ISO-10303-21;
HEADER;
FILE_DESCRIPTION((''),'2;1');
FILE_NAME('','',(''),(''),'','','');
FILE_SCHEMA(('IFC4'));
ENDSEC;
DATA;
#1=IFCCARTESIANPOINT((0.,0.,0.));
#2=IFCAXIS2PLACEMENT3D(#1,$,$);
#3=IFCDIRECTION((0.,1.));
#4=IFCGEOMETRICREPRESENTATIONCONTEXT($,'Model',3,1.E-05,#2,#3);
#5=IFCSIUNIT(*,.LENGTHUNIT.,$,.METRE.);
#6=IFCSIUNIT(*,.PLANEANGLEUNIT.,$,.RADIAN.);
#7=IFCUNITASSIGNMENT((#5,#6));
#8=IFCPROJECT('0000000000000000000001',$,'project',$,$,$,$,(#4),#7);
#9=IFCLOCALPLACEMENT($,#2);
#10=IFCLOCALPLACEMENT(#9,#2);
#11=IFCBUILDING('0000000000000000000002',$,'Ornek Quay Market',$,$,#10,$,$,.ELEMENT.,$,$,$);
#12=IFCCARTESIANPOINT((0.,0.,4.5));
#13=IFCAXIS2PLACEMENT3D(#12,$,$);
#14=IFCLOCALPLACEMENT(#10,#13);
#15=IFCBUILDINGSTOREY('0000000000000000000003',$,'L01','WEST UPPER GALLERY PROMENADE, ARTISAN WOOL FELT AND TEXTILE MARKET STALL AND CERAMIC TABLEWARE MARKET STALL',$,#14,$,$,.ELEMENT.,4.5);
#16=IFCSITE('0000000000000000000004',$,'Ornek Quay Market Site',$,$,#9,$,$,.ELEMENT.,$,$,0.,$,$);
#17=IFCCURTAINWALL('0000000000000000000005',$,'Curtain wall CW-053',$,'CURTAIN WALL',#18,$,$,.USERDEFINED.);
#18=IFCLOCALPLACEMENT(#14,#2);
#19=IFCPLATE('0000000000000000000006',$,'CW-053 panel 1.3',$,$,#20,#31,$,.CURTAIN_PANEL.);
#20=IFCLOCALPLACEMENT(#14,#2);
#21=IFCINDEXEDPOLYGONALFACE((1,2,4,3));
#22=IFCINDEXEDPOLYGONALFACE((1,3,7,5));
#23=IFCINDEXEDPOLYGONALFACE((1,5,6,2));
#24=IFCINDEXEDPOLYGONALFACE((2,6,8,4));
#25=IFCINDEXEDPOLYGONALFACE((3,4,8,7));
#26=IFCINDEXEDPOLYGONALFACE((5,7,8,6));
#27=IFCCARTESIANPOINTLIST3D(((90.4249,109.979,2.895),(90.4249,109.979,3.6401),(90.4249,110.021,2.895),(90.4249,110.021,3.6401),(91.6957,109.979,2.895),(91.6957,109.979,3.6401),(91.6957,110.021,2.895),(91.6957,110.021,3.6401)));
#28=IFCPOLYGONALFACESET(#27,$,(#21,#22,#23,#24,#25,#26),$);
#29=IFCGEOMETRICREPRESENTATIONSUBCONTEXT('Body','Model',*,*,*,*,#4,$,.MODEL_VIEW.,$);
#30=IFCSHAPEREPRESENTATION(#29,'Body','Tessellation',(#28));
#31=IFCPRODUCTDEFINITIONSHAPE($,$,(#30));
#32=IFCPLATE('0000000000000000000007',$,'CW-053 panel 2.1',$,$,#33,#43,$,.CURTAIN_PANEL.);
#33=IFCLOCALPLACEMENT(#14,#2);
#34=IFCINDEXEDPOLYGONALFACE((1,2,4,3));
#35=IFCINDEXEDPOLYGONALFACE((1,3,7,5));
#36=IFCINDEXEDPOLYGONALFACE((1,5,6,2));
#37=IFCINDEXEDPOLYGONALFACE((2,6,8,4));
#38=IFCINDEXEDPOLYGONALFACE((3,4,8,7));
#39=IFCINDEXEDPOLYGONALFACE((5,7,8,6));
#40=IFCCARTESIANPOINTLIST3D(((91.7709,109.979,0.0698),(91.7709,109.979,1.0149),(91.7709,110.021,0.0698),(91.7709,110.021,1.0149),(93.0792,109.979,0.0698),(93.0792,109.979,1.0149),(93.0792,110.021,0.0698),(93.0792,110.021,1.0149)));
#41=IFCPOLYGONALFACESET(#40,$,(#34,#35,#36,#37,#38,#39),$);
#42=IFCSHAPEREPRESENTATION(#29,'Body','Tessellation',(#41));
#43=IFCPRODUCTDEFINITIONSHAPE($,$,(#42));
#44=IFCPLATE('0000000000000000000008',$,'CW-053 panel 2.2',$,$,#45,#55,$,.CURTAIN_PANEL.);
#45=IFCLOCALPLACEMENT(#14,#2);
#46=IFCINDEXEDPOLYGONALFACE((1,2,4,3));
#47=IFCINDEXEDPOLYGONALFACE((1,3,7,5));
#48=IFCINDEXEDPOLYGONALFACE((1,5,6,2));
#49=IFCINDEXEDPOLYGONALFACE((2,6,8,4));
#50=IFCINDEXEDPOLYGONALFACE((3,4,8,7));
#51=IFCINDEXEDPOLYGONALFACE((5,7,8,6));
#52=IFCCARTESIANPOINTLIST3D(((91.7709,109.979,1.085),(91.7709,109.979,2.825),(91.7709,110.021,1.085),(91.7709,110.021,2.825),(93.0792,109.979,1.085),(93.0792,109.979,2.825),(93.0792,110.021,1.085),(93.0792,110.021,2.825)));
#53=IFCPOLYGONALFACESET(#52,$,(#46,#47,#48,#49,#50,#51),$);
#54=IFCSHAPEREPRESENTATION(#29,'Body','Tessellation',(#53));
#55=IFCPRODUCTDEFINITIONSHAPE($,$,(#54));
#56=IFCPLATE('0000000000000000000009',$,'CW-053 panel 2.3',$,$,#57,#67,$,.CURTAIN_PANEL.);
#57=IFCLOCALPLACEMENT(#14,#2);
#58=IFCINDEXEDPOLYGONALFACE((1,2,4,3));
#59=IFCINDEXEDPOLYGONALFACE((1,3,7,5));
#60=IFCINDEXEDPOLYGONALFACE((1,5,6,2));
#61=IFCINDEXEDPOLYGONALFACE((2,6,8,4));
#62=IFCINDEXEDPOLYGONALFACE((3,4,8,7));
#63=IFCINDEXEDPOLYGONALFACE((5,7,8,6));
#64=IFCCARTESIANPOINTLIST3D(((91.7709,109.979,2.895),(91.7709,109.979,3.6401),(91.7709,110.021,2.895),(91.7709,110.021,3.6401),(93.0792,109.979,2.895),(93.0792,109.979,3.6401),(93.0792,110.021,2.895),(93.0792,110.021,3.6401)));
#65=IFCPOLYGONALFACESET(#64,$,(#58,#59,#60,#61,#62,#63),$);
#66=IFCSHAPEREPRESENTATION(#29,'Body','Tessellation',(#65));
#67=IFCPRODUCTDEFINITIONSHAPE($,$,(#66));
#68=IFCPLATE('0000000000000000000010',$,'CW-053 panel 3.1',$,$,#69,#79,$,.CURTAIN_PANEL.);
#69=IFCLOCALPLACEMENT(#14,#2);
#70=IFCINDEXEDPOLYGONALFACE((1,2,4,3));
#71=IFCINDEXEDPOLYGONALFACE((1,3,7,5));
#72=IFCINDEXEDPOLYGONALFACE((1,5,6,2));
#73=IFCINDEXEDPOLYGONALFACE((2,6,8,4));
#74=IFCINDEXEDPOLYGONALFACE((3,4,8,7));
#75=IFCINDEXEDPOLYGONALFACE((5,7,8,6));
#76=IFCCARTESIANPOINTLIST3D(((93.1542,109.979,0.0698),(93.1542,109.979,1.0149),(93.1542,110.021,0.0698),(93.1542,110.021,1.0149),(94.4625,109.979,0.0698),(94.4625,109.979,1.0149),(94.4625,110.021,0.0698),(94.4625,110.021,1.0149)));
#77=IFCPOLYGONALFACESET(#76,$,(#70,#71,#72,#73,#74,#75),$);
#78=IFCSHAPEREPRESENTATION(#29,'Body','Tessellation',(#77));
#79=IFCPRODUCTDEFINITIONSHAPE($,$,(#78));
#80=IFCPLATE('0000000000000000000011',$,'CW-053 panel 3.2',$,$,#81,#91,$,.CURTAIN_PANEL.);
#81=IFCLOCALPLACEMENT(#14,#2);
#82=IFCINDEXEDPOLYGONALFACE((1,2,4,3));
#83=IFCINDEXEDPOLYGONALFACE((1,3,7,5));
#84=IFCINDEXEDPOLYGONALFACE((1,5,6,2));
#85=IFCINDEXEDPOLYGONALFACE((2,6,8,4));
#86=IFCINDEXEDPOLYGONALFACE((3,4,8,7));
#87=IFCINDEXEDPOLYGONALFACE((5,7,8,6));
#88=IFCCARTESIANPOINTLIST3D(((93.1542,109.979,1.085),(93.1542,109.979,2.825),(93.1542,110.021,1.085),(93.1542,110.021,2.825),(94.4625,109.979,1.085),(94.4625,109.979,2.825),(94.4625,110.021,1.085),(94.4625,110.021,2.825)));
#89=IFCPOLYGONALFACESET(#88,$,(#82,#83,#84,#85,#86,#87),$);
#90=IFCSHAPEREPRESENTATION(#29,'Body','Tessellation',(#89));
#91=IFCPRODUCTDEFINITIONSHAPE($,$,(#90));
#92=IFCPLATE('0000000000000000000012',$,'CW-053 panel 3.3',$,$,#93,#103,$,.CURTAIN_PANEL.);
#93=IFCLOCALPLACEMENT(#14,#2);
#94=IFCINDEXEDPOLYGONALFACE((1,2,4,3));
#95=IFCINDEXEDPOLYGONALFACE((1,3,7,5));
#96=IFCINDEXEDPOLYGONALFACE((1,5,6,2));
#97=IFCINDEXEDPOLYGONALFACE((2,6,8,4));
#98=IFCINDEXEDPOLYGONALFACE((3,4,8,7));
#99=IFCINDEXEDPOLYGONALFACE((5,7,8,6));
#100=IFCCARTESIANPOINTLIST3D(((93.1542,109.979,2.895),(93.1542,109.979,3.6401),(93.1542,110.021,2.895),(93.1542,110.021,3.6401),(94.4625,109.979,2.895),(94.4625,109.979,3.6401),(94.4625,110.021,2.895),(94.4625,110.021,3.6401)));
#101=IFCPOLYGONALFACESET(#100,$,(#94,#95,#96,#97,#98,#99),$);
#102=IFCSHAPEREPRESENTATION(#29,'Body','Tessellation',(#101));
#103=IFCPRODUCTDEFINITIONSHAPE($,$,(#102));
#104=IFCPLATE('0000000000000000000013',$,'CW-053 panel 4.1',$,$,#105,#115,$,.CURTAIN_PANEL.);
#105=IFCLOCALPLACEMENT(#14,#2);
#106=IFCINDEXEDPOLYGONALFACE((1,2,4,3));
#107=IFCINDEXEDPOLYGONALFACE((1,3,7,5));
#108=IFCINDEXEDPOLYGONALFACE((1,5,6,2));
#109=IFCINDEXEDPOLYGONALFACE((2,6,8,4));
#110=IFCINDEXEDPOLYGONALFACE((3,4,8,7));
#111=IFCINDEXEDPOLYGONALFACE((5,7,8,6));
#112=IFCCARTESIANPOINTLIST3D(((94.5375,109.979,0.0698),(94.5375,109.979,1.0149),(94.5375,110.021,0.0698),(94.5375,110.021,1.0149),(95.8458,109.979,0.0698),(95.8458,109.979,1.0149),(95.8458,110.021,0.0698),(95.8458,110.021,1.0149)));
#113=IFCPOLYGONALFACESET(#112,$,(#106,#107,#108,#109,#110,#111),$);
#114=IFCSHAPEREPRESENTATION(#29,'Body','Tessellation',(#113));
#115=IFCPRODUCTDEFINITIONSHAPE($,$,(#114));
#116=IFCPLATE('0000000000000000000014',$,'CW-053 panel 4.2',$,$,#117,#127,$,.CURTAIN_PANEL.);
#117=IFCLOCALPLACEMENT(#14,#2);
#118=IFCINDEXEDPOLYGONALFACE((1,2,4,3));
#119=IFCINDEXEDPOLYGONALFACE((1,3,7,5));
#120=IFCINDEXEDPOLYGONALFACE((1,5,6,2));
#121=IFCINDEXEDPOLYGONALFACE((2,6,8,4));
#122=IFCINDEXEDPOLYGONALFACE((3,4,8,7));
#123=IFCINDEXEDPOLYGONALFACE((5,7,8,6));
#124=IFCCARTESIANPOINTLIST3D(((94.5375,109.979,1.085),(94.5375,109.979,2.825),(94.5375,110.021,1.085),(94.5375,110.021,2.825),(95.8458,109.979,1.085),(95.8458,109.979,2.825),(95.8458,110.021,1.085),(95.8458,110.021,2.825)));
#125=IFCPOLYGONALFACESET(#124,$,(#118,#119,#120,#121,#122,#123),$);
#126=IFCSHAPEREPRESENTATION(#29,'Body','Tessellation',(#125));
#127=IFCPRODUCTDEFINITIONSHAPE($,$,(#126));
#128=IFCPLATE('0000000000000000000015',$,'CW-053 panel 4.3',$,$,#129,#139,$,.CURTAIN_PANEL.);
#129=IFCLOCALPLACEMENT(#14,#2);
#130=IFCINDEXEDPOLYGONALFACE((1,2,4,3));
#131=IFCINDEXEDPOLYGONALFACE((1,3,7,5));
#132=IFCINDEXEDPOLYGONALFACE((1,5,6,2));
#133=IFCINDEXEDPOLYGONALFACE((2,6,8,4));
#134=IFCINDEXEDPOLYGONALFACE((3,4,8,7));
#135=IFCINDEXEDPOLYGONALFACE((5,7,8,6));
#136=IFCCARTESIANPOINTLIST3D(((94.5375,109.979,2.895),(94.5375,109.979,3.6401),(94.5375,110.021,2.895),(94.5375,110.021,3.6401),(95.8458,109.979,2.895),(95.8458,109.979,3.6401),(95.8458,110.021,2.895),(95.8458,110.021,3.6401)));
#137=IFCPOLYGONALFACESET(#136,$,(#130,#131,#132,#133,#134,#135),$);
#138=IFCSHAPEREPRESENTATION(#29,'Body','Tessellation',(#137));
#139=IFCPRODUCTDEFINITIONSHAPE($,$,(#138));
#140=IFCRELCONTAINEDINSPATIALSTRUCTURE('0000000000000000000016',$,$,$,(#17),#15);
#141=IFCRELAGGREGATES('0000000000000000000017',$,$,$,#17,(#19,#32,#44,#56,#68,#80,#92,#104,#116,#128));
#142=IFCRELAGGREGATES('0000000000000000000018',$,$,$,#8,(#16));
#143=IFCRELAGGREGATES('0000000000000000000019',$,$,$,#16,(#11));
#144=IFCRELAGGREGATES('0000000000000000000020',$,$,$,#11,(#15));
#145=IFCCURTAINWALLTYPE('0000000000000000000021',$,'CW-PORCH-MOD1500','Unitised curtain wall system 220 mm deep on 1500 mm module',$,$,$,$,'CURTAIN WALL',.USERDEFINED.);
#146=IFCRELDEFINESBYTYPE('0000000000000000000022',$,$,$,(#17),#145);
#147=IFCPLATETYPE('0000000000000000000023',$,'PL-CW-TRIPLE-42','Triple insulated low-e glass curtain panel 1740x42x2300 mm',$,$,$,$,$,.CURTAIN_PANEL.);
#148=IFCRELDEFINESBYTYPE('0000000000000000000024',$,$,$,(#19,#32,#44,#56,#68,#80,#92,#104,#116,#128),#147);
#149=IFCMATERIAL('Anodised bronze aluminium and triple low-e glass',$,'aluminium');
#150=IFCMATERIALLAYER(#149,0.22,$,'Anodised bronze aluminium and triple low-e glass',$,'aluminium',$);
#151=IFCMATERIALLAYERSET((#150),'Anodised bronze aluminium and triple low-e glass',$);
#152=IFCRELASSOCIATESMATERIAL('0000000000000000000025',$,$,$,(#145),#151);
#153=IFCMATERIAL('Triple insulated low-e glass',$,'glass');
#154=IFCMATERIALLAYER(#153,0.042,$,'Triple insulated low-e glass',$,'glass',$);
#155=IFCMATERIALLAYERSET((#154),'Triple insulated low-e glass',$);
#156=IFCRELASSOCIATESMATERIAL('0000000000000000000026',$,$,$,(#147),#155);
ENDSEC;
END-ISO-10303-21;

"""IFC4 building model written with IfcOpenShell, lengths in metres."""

from ifc_helpers import new_model, si_unit, direction, frame, origin, origin_2d, place, context, subcontext, project, spatial, rectangle, extrude, material, layer, layer_set, type_object, element, aggregate, save


model = new_model("IFC4")

# Units and contexts
model_context = context("Model", 3, precision=1e-05, world=origin(), true_north=direction((0.0, 1.0)))
body_context = subcontext(model_context, "Body", "Model", "MODEL_VIEW")
ifc_project = project(units=[si_unit("LENGTHUNIT", "METRE"), si_unit("PLANEANGLEUNIT", "RADIAN")], contexts=[model_context])

# Site, building, storey
site_placement = place(None, origin())
site = spatial("IfcSite", under=ifc_project, at=site_placement, Name="Ornek Quay Market Site", CompositionType="ELEMENT", RefElevation=0.0)
building_placement = place(site_placement, origin())
building = spatial("IfcBuilding", under=site, at=building_placement, Name="Ornek Quay Market", CompositionType="ELEMENT")
storey_placement = place(building_placement, frame((0.0, 0.0, 4.5)))
storey = spatial("IfcBuildingStorey", under=building, at=storey_placement, Name="L01", Description="WEST UPPER GALLERY PROMENADE, ARTISAN WOOL FELT AND TEXTILE MARKET STALL AND CERAMIC TABLEWARE MARKET STALL", CompositionType="ELEMENT", Elevation=4.5)

# Curtain wall, plates
ifc_material_1 = material(Name="Anodised bronze aluminium and triple low-e glass", Category="aluminium")
ifc_layer_1 = layer(ifc_material_1, 0.22, Name="Anodised bronze aluminium and triple low-e glass", Category="aluminium")
ifc_layer_set_1 = layer_set([ifc_layer_1], Name="Anodised bronze aluminium and triple low-e glass")
curtain_wall_type = type_object("IfcCurtainWallType", Name="CW-PORCH-MOD1500", Description="Unitised curtain wall system 220 mm deep on 1500 mm module", ElementType="CURTAIN WALL", PredefinedType="USERDEFINED", material=ifc_layer_set_1)
curtain_wall_placement = place(storey_placement, origin())
curtain_wall = element("IfcCurtainWall", 1, at=curtain_wall_placement, inside=storey, type_object=curtain_wall_type, Name="Curtain wall CW-053", ObjectType="CURTAIN WALL", PredefinedType="USERDEFINED")
ifc_material_2 = material(Name="Triple insulated low-e glass", Category="glass")
ifc_layer_2 = layer(ifc_material_2, 0.042, Name="Triple insulated low-e glass", Category="glass")
ifc_layer_set_2 = layer_set([ifc_layer_2], Name="Triple insulated low-e glass")
plate_type = type_object("IfcPlateType", Name="PL-CW-TRIPLE-42", Description="Triple insulated low-e glass curtain panel 1740x42x2300 mm", PredefinedType="CURTAIN_PANEL", material=ifc_layer_set_2)
plate_1_placement = place(storey_placement, frame((91.0603, 110.0, 2.895), z_axis=(0.0, 0.0, 1.0), x_axis=(1.0, 0.0, 0.0)))
plate_1 = element("IfcPlate", 2, at=plate_1_placement, type_object=plate_type, Name="CW-053 panel 1.3", PredefinedType="CURTAIN_PANEL", context=body_context, shape_type="SweptSolid", body=[
    extrude(rectangle(XDim=1.2708, YDim=0.042, at=origin_2d()), origin(), (0.0, 0.0, 1.0), 0.7451),
])
plate_2_placement = place(storey_placement, frame((92.425, 110.0, 0.0698), z_axis=(0.0, 0.0, 1.0), x_axis=(1.0, 0.0, 0.0)))
plate_2 = element("IfcPlate", 3, at=plate_2_placement, type_object=plate_type, Name="CW-053 panel 2.1", PredefinedType="CURTAIN_PANEL", context=body_context, shape_type="SweptSolid", body=[
    extrude(rectangle(XDim=1.3083, YDim=0.042, at=origin_2d()), origin(), (0.0, 0.0, 1.0), 0.9451),
])
plate_3_placement = place(storey_placement, frame((92.425, 110.0, 1.085), z_axis=(0.0, 0.0, 1.0), x_axis=(1.0, 0.0, 0.0)))
plate_3 = element("IfcPlate", 4, at=plate_3_placement, type_object=plate_type, Name="CW-053 panel 2.2", PredefinedType="CURTAIN_PANEL", context=body_context, shape_type="SweptSolid", body=[
    extrude(rectangle(XDim=1.3083, YDim=0.042, at=origin_2d()), origin(), (0.0, 0.0, 1.0), 1.74),
])
plate_4_placement = place(storey_placement, frame((92.425, 110.0, 2.895), z_axis=(0.0, 0.0, 1.0), x_axis=(1.0, 0.0, 0.0)))
plate_4 = element("IfcPlate", 5, at=plate_4_placement, type_object=plate_type, Name="CW-053 panel 2.3", PredefinedType="CURTAIN_PANEL", context=body_context, shape_type="SweptSolid", body=[
    extrude(rectangle(XDim=1.3083, YDim=0.042, at=origin_2d()), origin(), (0.0, 0.0, 1.0), 0.7451),
])
plate_5_placement = place(storey_placement, frame((93.8083, 110.0, 0.0698), z_axis=(0.0, 0.0, 1.0), x_axis=(1.0, 0.0, 0.0)))
plate_5 = element("IfcPlate", 6, at=plate_5_placement, type_object=plate_type, Name="CW-053 panel 3.1", PredefinedType="CURTAIN_PANEL", context=body_context, shape_type="SweptSolid", body=[
    extrude(rectangle(XDim=1.3083, YDim=0.042, at=origin_2d()), origin(), (0.0, 0.0, 1.0), 0.9451),
])
plate_6_placement = place(storey_placement, frame((93.8083, 110.0, 1.085), z_axis=(0.0, 0.0, 1.0), x_axis=(1.0, 0.0, 0.0)))
plate_6 = element("IfcPlate", 7, at=plate_6_placement, type_object=plate_type, Name="CW-053 panel 3.2", PredefinedType="CURTAIN_PANEL", context=body_context, shape_type="SweptSolid", body=[
    extrude(rectangle(XDim=1.3083, YDim=0.042, at=origin_2d()), origin(), (0.0, 0.0, 1.0), 1.74),
])
plate_7_placement = place(storey_placement, frame((93.8083, 110.0, 2.895), z_axis=(0.0, 0.0, 1.0), x_axis=(1.0, 0.0, 0.0)))
plate_7 = element("IfcPlate", 8, at=plate_7_placement, type_object=plate_type, Name="CW-053 panel 3.3", PredefinedType="CURTAIN_PANEL", context=body_context, shape_type="SweptSolid", body=[
    extrude(rectangle(XDim=1.3083, YDim=0.042, at=origin_2d()), origin(), (0.0, 0.0, 1.0), 0.7451),
])
plate_8_placement = place(storey_placement, frame((95.1917, 110.0, 0.0698), z_axis=(0.0, 0.0, 1.0), x_axis=(1.0, 0.0, 0.0)))
plate_8 = element("IfcPlate", 9, at=plate_8_placement, type_object=plate_type, Name="CW-053 panel 4.1", PredefinedType="CURTAIN_PANEL", context=body_context, shape_type="SweptSolid", body=[
    extrude(rectangle(XDim=1.3083, YDim=0.042, at=origin_2d()), origin(), (0.0, 0.0, 1.0), 0.9451),
])
plate_9_placement = place(storey_placement, frame((95.1917, 110.0, 1.085), z_axis=(0.0, 0.0, 1.0), x_axis=(1.0, 0.0, 0.0)))
plate_9 = element("IfcPlate", 10, at=plate_9_placement, type_object=plate_type, Name="CW-053 panel 4.2", PredefinedType="CURTAIN_PANEL", context=body_context, shape_type="SweptSolid", body=[
    extrude(rectangle(XDim=1.3083, YDim=0.042, at=origin_2d()), origin(), (0.0, 0.0, 1.0), 1.74),
])
plate_10_placement = place(storey_placement, frame((95.1917, 110.0, 2.895), z_axis=(0.0, 0.0, 1.0), x_axis=(1.0, 0.0, 0.0)))
plate_10 = element("IfcPlate", 11, at=plate_10_placement, type_object=plate_type, Name="CW-053 panel 4.3", PredefinedType="CURTAIN_PANEL", context=body_context, shape_type="SweptSolid", body=[
    extrude(rectangle(XDim=1.3083, YDim=0.042, at=origin_2d()), origin(), (0.0, 0.0, 1.0), 0.7451),
])
aggregate(curtain_wall, [plate_1, plate_2, plate_3, plate_4, plate_5, plate_6, plate_7, plate_8, plate_9, plate_10])

save(model, "model.ifc")
